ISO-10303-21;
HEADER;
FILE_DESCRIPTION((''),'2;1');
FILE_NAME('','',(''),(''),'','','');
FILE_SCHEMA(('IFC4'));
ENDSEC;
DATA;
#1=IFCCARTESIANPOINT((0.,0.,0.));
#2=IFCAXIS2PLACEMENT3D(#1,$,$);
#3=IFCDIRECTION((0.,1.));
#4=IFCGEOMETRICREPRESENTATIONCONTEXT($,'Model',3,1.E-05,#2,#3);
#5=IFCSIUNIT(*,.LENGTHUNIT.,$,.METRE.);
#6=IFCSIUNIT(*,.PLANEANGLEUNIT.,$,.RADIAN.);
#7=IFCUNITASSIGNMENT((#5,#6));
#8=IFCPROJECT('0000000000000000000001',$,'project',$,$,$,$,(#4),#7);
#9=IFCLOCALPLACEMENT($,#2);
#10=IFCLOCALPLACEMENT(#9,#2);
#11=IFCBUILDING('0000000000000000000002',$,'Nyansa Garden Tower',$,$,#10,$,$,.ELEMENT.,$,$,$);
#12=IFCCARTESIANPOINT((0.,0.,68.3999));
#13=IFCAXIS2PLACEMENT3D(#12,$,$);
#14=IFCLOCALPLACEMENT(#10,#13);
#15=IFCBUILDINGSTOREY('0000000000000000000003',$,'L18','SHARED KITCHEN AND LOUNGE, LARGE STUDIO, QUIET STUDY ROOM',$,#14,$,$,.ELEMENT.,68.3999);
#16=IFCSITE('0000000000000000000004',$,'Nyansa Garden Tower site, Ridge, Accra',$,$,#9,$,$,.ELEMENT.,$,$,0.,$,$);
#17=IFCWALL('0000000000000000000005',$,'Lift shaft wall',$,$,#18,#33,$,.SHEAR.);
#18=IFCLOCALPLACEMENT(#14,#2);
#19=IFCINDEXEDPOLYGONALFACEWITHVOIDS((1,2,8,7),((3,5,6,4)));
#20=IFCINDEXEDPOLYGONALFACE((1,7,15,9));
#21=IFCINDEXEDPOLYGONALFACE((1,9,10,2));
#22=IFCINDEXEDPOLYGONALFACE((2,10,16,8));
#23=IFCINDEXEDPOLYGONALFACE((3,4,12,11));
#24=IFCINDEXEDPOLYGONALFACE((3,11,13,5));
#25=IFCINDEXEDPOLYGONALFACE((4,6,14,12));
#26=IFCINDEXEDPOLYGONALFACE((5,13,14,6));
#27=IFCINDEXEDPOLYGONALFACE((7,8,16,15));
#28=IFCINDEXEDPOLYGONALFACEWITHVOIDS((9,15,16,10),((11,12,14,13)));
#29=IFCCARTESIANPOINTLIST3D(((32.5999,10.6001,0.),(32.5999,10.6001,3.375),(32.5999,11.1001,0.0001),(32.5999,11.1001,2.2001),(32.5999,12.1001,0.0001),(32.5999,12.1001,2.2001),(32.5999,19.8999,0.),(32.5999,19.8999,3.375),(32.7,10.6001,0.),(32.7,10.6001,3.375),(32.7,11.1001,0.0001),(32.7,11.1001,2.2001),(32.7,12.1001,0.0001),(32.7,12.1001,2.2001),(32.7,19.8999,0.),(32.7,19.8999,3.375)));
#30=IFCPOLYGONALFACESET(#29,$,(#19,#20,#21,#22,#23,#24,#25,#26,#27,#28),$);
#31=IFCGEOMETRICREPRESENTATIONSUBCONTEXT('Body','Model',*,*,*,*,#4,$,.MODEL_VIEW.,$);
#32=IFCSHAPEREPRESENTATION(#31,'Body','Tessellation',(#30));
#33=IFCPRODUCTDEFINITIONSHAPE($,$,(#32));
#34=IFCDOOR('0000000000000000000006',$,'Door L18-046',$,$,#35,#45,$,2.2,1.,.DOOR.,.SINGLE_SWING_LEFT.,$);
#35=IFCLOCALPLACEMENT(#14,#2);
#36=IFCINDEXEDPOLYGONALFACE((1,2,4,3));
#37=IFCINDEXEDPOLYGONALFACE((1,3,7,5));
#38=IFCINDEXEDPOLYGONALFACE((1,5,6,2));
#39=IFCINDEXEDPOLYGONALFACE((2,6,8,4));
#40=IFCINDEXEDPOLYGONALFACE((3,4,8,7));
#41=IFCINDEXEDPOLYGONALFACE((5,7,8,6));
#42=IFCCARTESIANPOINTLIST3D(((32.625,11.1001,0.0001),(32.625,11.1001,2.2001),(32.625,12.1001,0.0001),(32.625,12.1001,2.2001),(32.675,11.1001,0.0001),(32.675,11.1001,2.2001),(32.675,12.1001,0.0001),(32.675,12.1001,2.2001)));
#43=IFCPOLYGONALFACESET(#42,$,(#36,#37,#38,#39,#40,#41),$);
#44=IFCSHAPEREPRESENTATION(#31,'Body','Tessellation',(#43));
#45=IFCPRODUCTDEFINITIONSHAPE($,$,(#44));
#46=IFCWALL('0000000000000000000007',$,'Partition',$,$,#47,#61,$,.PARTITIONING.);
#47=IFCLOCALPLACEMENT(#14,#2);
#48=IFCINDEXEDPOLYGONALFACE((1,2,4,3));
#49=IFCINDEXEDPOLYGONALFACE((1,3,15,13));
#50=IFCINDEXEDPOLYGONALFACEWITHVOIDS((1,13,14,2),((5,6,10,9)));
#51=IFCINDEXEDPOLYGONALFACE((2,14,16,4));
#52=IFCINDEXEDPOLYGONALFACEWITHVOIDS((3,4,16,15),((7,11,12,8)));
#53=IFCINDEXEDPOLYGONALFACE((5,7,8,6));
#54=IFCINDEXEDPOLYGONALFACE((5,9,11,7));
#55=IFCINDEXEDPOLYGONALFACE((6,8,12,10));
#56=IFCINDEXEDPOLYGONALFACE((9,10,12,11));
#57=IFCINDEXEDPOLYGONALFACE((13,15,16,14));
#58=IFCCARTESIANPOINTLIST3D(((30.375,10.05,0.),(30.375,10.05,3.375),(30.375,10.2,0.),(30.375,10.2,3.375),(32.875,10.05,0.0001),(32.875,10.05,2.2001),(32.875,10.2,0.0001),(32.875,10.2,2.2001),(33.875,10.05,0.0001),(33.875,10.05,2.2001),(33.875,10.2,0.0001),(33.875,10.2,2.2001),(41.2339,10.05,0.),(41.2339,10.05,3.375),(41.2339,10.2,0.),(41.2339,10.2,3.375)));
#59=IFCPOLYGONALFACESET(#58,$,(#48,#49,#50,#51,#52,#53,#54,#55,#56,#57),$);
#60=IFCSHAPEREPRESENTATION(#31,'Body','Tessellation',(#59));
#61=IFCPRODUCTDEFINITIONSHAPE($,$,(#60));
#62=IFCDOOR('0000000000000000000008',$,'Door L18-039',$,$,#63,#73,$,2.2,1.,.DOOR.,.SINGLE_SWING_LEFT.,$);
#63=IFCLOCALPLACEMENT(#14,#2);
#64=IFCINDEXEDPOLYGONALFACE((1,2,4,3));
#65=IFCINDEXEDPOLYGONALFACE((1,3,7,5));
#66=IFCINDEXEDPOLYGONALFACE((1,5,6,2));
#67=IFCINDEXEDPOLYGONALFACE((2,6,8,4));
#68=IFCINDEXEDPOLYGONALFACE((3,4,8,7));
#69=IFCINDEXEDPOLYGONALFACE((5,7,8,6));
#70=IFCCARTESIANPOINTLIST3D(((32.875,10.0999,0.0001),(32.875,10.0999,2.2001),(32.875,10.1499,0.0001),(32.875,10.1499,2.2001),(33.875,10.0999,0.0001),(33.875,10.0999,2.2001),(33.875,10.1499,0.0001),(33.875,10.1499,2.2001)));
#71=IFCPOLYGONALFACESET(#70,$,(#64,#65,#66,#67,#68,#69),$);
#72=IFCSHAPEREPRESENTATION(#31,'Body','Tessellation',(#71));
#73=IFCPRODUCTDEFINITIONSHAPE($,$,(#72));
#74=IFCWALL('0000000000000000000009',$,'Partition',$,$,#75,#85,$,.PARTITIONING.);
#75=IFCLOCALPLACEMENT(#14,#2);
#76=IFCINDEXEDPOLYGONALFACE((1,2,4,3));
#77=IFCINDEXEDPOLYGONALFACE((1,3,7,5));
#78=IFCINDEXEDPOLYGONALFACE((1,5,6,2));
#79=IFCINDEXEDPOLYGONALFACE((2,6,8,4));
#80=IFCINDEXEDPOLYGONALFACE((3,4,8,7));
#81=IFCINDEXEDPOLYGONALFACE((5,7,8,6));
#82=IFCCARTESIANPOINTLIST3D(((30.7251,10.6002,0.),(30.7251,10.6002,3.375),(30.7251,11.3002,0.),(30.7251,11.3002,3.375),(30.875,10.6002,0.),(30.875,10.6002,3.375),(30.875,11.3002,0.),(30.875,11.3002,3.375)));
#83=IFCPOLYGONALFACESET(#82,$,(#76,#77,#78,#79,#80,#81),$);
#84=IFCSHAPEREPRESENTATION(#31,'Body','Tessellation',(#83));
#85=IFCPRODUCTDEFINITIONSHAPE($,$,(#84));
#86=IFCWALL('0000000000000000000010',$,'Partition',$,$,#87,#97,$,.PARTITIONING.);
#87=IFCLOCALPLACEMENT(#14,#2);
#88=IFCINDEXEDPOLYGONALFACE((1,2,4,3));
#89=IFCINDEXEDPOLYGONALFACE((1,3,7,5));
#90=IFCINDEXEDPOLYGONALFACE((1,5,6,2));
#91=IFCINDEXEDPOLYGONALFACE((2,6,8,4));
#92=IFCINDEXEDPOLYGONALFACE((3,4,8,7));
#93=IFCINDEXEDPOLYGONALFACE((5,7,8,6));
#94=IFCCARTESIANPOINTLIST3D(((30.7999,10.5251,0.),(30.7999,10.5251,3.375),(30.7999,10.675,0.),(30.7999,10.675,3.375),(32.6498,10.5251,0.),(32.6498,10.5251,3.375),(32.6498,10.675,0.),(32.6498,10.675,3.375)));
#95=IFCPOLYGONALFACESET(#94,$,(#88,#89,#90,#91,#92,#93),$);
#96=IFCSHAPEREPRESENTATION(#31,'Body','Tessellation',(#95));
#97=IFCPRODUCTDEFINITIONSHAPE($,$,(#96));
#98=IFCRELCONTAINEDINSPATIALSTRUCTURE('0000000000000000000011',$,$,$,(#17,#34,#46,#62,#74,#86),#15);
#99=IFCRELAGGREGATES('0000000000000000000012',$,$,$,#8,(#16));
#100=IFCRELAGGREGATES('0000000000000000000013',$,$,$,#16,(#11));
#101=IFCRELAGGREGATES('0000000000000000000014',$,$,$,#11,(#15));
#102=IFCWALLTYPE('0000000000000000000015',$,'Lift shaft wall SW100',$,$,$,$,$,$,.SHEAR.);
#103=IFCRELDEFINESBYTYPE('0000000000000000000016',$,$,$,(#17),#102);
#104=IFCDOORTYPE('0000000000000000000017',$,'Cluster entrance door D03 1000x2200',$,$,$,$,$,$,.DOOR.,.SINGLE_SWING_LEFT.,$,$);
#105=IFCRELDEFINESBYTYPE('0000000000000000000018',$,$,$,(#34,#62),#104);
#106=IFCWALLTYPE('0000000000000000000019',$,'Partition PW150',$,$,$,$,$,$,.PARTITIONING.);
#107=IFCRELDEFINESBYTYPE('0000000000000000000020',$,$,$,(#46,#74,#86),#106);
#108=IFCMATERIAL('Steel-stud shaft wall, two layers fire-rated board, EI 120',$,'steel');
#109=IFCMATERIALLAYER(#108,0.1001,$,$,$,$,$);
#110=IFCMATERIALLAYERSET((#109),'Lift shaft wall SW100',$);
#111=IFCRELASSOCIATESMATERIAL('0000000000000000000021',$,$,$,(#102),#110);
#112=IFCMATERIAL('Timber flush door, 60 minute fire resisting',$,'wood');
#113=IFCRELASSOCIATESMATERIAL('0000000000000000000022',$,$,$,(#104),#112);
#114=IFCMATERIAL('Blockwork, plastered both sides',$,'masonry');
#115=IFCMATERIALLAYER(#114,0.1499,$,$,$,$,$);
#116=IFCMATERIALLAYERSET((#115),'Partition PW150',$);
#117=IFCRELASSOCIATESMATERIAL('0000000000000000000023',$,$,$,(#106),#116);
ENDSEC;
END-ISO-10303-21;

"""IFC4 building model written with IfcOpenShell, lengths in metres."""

from ifc_helpers import new_model, si_unit, direction, frame, frame_2d, origin, place, context, subcontext, project, spatial, rectangle, extrude, material, layer, layer_set, type_object, element, fill, save


model = new_model("IFC4")

# Units and contexts
model_context = context("Model", 3, precision=1e-05, world=origin(), true_north=direction((0.0, 1.0)))
body_context = subcontext(model_context, "Body", "Model", "MODEL_VIEW")
ifc_project = project(units=[si_unit("LENGTHUNIT", "METRE"), si_unit("PLANEANGLEUNIT", "RADIAN")], contexts=[model_context])

# Site, building, storey
site_placement = place(None, origin())
site = spatial("IfcSite", under=ifc_project, at=site_placement, Name="Nyansa Garden Tower site, Ridge, Accra", CompositionType="ELEMENT", RefElevation=0.0)
building_placement = place(site_placement, origin())
building = spatial("IfcBuilding", under=site, at=building_placement, Name="Nyansa Garden Tower", CompositionType="ELEMENT")
storey_placement = place(building_placement, frame((0.0, 0.0, 68.3999)))
storey = spatial("IfcBuildingStorey", under=building, at=storey_placement, Name="L18", Description="SHARED KITCHEN AND LOUNGE, LARGE STUDIO, QUIET STUDY ROOM", CompositionType="ELEMENT", Elevation=68.3999)

# Shared definitions
ifc_material_1 = material(Name="Steel-stud shaft wall, two layers fire-rated board, EI 120", Category="steel")
ifc_layer_1 = layer(ifc_material_1, 0.1001)
ifc_layer_set_1 = layer_set([ifc_layer_1], Name="Lift shaft wall SW100")
wall_type_1 = type_object("IfcWallType", Name="Lift shaft wall SW100", PredefinedType="SHEAR", material=ifc_layer_set_1)

# Walls, openings, doors
wall_1_placement = place(storey_placement, frame((32.6499, 10.6001, 0.0), z_axis=(0.0, 0.0, 1.0), x_axis=(0.0, 1.0, 0.0)))
wall_1 = element("IfcWall", 1, at=wall_1_placement, inside=storey, type_object=wall_type_1, Name="Lift shaft wall", PredefinedType="SHEAR", context=body_context, shape_type="SweptSolid", body=[
    extrude(rectangle(XDim=9.2998, YDim=0.1001, at=frame_2d((4.6499, 0.0))), origin(), (0.0, 0.0, 1.0), 3.375),
])
opening_1_placement = place(wall_1_placement, frame((0.5, 0.0, 0.0)))
opening_1 = element("IfcOpeningElement", 2, at=opening_1_placement, cuts=wall_1, PredefinedType="OPENING", context=body_context, shape_type="SweptSolid", body=[
    extrude(rectangle(XDim=1.0, YDim=2.2, at=frame_2d((0.5, 1.1001))), frame((0.0, 0.0601, 0.0), z_axis=(0.0, -1.0, 0.0), x_axis=(1.0, 0.0, 0.0)), (0.0, 0.0, 1.0), 0.1201),
])
ifc_material_2 = material(Name="Timber flush door, 60 minute fire resisting", Category="wood")
door_type_1 = type_object("IfcDoorType", Name="Cluster entrance door D03 1000x2200", OperationType="SINGLE_SWING_LEFT", PredefinedType="DOOR", material=ifc_material_2)
door_1_placement = place(opening_1_placement, origin())
door_1 = element("IfcDoor", 3, at=door_1_placement, inside=storey, type_object=door_type_1, Name="Door L18-046", OperationType="SINGLE_SWING_LEFT", OverallHeight=2.2, OverallWidth=1.0, PredefinedType="DOOR", context=body_context, shape_type="SweptSolid", body=[
    extrude(rectangle(XDim=1.0, YDim=2.2, at=frame_2d((0.5, 1.1001))), frame((0.0, 0.0249, 0.0), z_axis=(0.0, -1.0, 0.0), x_axis=(1.0, 0.0, 0.0)), (0.0, 0.0, 1.0), 0.05),
])
fill(opening_1, door_1)
ifc_material_3 = material(Name="Blockwork, plastered both sides", Category="masonry")
ifc_layer_2 = layer(ifc_material_3, 0.1499)
ifc_layer_set_2 = layer_set([ifc_layer_2], Name="Partition PW150")
wall_type_2 = type_object("IfcWallType", Name="Partition PW150", PredefinedType="PARTITIONING", material=ifc_layer_set_2)
wall_2_placement = place(storey_placement, frame((30.375, 10.125, 0.0), z_axis=(0.0, 0.0, 1.0), x_axis=(1.0, 0.0, 0.0)))
wall_2 = element("IfcWall", 4, at=wall_2_placement, inside=storey, type_object=wall_type_2, Name="Partition", PredefinedType="PARTITIONING", context=body_context, shape_type="SweptSolid", body=[
    extrude(rectangle(XDim=10.8589, YDim=0.1499, at=frame_2d((5.4294, 0.0))), origin(), (0.0, 0.0, 1.0), 3.375),
])
opening_2_placement = place(wall_2_placement, frame((2.5, 0.0, 0.0)))
opening_2 = element("IfcOpeningElement", 5, at=opening_2_placement, cuts=wall_2, PredefinedType="OPENING", context=body_context, shape_type="SweptSolid", body=[
    extrude(rectangle(XDim=1.0, YDim=2.2, at=frame_2d((0.5, 1.1001))), frame((0.0, 0.085, 0.0), z_axis=(0.0, -1.0, 0.0), x_axis=(1.0, 0.0, 0.0)), (0.0, 0.0, 1.0), 0.1699),
])
door_2_placement = place(opening_2_placement, origin())
door_2 = element("IfcDoor", 6, at=door_2_placement, inside=storey, type_object=door_type_1, Name="Door L18-039", OperationType="SINGLE_SWING_LEFT", OverallHeight=2.2, OverallWidth=1.0, PredefinedType="DOOR", context=body_context, shape_type="SweptSolid", body=[
    extrude(rectangle(XDim=1.0, YDim=2.2, at=frame_2d((0.5, 1.1001))), frame((0.0, 0.0249, 0.0), z_axis=(0.0, -1.0, 0.0), x_axis=(1.0, 0.0, 0.0)), (0.0, 0.0, 1.0), 0.05),
])
fill(opening_2, door_2)

# Walls
wall_3_placement = place(storey_placement, frame((30.8, 10.6001, 0.0), z_axis=(0.0, 0.0, 1.0), x_axis=(0.0, 1.0, 0.0)))
element("IfcWall", 7, at=wall_3_placement, inside=storey, type_object=wall_type_2, Name="Partition", PredefinedType="PARTITIONING", context=body_context, shape_type="SweptSolid", body=[
    extrude(rectangle(XDim=0.7, YDim=0.1499, at=frame_2d((0.3501, 0.0))), origin(), (0.0, 0.0, 1.0), 3.375),
])
wall_4_placement = place(storey_placement, frame((30.8, 10.6001, 0.0), z_axis=(0.0, 0.0, 1.0), x_axis=(1.0, 0.0, 0.0)))
element("IfcWall", 8, at=wall_4_placement, inside=storey, type_object=wall_type_2, Name="Partition", PredefinedType="PARTITIONING", context=body_context, shape_type="SweptSolid", body=[
    extrude(rectangle(XDim=1.8499, YDim=0.1499, at=frame_2d((0.9248, 0.0))), origin(), (0.0, 0.0, 1.0), 3.375),
])

save(model, "model.ifc")
